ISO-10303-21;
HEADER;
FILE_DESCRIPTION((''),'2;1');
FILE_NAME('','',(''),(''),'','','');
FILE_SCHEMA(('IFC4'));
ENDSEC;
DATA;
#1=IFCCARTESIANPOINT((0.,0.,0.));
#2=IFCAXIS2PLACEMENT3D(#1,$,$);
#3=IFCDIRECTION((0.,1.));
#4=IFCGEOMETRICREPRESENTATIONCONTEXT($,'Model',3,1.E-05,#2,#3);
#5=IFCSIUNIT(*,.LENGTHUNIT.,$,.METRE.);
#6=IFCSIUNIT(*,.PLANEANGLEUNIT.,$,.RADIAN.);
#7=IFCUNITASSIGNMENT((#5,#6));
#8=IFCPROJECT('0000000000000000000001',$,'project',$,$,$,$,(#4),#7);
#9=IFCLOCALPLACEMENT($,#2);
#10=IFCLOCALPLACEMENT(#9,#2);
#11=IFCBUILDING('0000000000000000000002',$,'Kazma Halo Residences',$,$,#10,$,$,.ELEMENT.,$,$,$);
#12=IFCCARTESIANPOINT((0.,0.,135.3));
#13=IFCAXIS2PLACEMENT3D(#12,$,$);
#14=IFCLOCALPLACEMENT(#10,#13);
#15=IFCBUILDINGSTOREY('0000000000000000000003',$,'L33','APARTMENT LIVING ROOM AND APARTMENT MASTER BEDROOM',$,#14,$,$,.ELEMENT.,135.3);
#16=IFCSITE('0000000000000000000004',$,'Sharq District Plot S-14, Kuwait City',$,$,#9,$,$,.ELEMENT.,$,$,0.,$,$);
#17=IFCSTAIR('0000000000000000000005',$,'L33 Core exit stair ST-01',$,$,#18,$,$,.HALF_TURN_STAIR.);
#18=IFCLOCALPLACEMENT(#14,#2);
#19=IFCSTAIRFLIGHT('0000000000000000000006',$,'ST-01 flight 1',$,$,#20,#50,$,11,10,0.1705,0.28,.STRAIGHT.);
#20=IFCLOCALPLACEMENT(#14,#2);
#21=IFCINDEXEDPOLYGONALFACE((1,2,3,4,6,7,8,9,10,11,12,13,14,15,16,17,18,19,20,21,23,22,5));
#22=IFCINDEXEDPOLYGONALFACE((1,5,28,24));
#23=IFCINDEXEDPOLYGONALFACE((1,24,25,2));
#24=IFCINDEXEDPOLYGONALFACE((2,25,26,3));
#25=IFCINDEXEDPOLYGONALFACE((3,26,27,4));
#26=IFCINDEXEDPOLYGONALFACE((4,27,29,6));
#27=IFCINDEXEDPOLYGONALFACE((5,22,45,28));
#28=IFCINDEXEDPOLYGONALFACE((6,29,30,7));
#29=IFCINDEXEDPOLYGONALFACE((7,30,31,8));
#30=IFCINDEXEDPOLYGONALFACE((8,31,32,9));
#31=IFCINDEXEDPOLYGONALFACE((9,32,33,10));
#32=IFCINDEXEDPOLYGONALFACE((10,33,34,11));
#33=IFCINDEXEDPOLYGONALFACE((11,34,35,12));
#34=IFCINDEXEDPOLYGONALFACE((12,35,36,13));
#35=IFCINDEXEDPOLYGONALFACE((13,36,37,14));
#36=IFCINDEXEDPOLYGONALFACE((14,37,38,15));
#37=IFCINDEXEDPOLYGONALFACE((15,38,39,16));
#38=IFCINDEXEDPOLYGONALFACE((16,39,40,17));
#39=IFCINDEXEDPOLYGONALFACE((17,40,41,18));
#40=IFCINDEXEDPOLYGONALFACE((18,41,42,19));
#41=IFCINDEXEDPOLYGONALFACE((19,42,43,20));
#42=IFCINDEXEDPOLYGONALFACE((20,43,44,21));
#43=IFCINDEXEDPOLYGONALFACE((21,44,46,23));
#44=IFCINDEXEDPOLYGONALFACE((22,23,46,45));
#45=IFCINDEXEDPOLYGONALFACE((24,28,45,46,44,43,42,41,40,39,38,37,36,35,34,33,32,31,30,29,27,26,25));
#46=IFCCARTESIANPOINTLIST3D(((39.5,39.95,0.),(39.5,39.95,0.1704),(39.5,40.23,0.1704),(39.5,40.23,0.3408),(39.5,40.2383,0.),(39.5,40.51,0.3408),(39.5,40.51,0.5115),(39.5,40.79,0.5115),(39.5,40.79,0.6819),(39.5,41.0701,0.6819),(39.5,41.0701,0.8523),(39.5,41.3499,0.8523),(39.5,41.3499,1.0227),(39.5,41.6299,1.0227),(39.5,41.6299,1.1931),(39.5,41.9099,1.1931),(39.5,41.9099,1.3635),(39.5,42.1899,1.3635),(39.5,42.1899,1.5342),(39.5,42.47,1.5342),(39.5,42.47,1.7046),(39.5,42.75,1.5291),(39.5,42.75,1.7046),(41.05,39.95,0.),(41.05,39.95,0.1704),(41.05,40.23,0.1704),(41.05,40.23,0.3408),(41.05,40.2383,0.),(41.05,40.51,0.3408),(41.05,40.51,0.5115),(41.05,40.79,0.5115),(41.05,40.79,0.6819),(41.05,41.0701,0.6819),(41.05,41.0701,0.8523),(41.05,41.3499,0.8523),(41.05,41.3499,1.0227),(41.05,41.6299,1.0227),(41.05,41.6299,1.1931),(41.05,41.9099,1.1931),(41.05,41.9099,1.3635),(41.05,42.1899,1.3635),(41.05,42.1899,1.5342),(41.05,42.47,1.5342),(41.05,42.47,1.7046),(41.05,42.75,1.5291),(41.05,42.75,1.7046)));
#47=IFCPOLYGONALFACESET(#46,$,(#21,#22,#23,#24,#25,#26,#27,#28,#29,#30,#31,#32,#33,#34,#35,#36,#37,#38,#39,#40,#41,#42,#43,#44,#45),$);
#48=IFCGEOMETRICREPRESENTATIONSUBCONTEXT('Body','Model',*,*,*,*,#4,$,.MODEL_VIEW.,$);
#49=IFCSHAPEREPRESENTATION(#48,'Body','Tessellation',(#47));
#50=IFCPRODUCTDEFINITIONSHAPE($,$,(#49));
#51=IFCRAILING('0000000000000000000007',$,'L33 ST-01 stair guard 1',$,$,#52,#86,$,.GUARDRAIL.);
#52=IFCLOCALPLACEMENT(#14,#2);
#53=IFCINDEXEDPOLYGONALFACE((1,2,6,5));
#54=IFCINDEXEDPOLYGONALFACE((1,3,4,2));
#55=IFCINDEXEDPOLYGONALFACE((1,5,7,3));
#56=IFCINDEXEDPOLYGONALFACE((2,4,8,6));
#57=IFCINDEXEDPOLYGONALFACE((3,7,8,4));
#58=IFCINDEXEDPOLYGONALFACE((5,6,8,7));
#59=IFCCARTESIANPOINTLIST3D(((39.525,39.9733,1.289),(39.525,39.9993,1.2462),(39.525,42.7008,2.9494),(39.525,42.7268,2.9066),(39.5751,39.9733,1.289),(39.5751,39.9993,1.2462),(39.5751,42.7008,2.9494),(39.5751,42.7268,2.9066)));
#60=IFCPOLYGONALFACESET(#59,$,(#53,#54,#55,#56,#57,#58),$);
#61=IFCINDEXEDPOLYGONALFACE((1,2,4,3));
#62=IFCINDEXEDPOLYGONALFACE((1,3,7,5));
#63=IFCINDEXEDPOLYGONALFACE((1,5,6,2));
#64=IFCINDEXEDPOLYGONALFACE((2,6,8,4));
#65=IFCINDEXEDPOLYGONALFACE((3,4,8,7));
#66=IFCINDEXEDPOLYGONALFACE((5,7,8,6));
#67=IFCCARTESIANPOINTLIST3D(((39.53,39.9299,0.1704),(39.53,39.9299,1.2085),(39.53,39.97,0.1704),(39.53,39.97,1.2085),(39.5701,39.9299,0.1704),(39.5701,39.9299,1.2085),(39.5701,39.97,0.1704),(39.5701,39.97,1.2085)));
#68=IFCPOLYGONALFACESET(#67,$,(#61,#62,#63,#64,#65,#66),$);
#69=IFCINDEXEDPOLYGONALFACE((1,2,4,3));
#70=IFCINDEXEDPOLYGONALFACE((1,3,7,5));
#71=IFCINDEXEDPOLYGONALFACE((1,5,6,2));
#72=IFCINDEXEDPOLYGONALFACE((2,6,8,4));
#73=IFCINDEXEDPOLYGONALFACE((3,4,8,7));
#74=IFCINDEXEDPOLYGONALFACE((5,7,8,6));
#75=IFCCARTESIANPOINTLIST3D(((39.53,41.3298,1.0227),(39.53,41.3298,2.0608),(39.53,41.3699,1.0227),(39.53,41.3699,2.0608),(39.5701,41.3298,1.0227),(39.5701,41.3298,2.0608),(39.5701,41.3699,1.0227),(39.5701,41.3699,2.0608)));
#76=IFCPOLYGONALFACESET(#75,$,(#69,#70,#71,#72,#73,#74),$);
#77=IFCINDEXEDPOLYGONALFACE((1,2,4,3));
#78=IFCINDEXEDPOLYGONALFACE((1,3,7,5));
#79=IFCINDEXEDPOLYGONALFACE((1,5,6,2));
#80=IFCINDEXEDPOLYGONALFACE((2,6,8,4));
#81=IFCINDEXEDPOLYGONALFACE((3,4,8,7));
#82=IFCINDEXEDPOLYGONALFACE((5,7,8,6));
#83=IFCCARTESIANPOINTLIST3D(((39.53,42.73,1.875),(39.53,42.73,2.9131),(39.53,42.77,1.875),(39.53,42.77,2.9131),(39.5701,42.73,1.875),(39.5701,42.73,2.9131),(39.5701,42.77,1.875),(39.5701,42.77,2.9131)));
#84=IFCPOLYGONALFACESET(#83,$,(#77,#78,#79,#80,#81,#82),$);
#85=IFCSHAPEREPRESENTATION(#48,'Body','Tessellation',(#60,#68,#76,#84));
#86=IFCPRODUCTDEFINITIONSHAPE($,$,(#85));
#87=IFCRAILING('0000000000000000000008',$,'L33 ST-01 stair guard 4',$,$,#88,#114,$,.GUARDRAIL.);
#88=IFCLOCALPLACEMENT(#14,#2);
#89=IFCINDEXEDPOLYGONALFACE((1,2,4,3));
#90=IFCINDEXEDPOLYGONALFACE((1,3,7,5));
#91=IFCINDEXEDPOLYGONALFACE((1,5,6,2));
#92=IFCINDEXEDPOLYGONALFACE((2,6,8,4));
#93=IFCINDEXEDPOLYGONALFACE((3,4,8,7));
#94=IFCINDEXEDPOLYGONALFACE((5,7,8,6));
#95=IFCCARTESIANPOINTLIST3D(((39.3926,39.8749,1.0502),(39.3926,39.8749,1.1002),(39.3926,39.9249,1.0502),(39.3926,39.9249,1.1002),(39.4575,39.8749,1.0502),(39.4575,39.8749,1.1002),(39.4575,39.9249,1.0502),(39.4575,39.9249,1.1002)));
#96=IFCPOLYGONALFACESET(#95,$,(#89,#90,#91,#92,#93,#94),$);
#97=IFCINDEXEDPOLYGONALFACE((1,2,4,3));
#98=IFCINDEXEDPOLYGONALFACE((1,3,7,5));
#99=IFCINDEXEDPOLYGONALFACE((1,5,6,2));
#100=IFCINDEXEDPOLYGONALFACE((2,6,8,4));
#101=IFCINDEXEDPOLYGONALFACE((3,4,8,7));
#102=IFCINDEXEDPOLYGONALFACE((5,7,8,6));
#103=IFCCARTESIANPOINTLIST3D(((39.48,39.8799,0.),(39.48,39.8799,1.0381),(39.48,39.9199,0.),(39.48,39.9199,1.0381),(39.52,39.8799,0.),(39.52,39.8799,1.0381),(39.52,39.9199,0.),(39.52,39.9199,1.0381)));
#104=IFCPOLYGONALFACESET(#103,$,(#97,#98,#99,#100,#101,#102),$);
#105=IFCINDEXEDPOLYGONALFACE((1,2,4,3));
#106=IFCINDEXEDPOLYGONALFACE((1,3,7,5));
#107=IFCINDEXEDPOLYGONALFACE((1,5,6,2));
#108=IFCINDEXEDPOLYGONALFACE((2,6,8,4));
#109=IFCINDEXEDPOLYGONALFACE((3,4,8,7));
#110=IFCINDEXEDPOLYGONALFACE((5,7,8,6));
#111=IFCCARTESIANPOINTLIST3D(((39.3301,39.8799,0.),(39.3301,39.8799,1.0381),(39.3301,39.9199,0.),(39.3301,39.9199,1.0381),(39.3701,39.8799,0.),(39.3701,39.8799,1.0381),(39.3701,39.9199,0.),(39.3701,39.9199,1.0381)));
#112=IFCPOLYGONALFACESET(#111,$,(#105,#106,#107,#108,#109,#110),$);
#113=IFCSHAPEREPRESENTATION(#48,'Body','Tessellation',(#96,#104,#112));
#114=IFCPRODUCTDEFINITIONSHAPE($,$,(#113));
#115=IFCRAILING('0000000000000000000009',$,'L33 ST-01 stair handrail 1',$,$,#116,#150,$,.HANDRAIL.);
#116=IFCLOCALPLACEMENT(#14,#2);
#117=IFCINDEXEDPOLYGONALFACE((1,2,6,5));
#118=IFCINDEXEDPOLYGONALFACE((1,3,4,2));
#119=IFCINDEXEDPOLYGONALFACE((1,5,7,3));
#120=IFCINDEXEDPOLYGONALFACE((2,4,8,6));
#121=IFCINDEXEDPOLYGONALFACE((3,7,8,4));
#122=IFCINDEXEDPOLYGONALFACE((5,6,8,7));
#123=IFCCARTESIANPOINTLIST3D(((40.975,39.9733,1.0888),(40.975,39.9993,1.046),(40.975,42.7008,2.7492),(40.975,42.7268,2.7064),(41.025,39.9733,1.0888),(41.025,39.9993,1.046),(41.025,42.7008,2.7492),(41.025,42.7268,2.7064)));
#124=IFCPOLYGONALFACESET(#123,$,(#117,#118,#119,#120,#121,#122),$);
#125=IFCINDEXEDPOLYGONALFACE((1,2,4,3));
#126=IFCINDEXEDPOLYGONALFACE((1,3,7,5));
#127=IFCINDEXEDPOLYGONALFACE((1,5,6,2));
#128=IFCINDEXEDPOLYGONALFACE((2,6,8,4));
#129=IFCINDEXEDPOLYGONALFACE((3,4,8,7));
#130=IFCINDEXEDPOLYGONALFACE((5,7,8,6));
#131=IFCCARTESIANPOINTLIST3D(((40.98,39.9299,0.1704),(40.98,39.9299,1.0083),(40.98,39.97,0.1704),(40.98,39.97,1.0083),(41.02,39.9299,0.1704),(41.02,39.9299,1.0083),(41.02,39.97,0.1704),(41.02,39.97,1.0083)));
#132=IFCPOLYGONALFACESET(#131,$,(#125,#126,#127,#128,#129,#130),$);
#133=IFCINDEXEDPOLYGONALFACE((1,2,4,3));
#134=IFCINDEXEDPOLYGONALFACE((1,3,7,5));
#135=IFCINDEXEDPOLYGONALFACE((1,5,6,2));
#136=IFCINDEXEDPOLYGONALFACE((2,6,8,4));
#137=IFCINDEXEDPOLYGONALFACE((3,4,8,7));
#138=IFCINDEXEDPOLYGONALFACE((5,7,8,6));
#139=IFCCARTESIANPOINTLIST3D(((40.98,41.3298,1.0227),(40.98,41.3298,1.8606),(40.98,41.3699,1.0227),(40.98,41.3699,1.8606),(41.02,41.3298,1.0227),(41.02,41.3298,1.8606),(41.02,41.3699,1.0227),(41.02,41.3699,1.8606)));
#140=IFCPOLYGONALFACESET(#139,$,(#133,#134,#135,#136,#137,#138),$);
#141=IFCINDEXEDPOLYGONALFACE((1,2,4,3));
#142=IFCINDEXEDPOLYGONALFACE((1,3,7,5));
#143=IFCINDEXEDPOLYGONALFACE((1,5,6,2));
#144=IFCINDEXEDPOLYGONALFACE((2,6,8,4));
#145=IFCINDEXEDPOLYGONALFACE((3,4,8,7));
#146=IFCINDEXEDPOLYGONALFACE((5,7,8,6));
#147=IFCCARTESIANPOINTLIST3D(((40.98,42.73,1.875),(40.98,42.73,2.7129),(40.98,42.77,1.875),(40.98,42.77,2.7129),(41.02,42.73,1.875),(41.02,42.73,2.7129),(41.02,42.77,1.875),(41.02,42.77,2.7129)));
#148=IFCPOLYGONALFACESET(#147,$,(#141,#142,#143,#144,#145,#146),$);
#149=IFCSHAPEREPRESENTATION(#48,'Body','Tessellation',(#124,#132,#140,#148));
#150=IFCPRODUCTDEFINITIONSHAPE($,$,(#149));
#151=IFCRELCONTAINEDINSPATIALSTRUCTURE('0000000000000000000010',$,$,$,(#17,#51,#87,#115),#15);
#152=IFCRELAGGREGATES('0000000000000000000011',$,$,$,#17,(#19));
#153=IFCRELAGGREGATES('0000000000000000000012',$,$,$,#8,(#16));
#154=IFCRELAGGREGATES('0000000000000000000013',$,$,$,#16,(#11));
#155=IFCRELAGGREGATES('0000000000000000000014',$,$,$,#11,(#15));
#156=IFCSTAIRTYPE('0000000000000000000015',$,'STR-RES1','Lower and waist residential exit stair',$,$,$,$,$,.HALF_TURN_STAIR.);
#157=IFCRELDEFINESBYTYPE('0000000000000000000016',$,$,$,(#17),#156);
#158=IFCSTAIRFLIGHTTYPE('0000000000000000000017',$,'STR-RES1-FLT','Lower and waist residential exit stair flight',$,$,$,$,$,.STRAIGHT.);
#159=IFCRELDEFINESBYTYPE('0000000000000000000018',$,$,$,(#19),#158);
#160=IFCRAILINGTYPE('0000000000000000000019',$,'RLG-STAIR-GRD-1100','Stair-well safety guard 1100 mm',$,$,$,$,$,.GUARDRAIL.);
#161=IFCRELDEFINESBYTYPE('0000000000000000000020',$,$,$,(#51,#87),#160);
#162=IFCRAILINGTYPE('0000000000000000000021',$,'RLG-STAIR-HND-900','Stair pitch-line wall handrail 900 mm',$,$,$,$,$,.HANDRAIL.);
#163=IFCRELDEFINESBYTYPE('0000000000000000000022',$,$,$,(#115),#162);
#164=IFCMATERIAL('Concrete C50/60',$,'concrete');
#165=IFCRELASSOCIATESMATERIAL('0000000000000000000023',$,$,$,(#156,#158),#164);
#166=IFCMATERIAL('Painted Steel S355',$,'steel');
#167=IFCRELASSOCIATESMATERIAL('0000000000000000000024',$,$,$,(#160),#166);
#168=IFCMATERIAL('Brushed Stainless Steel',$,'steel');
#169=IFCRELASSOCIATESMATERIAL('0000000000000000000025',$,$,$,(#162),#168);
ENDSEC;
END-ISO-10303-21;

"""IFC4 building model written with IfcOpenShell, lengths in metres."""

from ifc_helpers import new_model, si_unit, direction, frame, origin, origin_2d, place, context, subcontext, project, spatial, polyline, rectangle, outline, extrude, material, type_object, element, aggregate, save


model = new_model("IFC4")

# Units and contexts
model_context = context("Model", 3, precision=1e-05, world=origin(), true_north=direction((0.0, 1.0)))
body_context = subcontext(model_context, "Body", "Model", "MODEL_VIEW")
ifc_project = project(units=[si_unit("LENGTHUNIT", "METRE"), si_unit("PLANEANGLEUNIT", "RADIAN")], contexts=[model_context])

# Site, building, storey
site_placement = place(None, origin())
site = spatial("IfcSite", under=ifc_project, at=site_placement, Name="Sharq District Plot S-14, Kuwait City", CompositionType="ELEMENT", RefElevation=0.0)
building_placement = place(site_placement, origin())
building = spatial("IfcBuilding", under=site, at=building_placement, Name="Kazma Halo Residences", CompositionType="ELEMENT")
storey_placement = place(building_placement, frame((0.0, 0.0, 135.3)))
storey = spatial("IfcBuildingStorey", under=building, at=storey_placement, Name="L33", Description="APARTMENT LIVING ROOM AND APARTMENT MASTER BEDROOM", CompositionType="ELEMENT", Elevation=135.3)

# Shared definitions
ifc_material_1 = material(Name="Concrete C50/60", Category="concrete")

# Stair, stair flight
stair_type = type_object("IfcStairType", Name="STR-RES1", Description="Lower and waist residential exit stair", PredefinedType="HALF_TURN_STAIR", material=ifc_material_1)
stair_placement = place(storey_placement, origin())
stair = element("IfcStair", 1, at=stair_placement, inside=storey, type_object=stair_type, Name="L33 Core exit stair ST-01", PredefinedType="HALF_TURN_STAIR")
stair_flight_type = type_object("IfcStairFlightType", Name="STR-RES1-FLT", Description="Lower and waist residential exit stair flight", PredefinedType="STRAIGHT", material=ifc_material_1)
stair_flight_placement = place(storey_placement, frame((40.2749, 39.95, 0.0), z_axis=(0.0, 0.0, 1.0), x_axis=(0.0, 1.0, 0.0)))
stair_flight = element("IfcStairFlight", 2, at=stair_flight_placement, type_object=stair_flight_type, Name="ST-01 flight 1", NumberOfRisers=11, NumberOfTreads=10, PredefinedType="STRAIGHT", RiserHeight=0.1705, TreadLength=0.28, context=body_context, shape_type="SweptSolid", body=[
    extrude(outline(polyline([(0.0, 0.0), (0.0, 0.1704), (0.28, 0.1704), (0.28, 0.3408), (0.5601, 0.3408), (0.5601, 0.5115), (0.8401, 0.5115), (0.8401, 0.6819), (1.1201, 0.6819), (1.1201, 0.8523), (1.3999, 0.8523), (1.3999, 1.0227), (1.6799, 1.0227), (1.6799, 1.1931), (1.96, 1.1931), (1.96, 1.3635), (2.24, 1.3635), (2.24, 1.5342), (2.52, 1.5342), (2.52, 1.7046), (2.8, 1.7046), (2.8, 1.875), (2.8, 1.5291), (0.2883, 0.0), (0.0, 0.0)])), frame((0.0, 0.7749, 0.0), z_axis=(0.0, -1.0, 0.0), x_axis=(1.0, 0.0, 0.0)), (0.0, 0.0, 1.0), 1.55),
])
aggregate(stair, [stair_flight])

# Railings
ifc_material_2 = material(Name="Painted Steel S355", Category="steel")
railing_type_1 = type_object("IfcRailingType", Name="RLG-STAIR-GRD-1100", Description="Stair-well safety guard 1100 mm", PredefinedType="GUARDRAIL", material=ifc_material_2)
railing_1_placement = place(storey_placement, frame((39.55, 39.95, 0.1704)))
element("IfcRailing", 3, at=railing_1_placement, inside=storey, type_object=railing_type_1, Name="L33 ST-01 stair guard 1", PredefinedType="GUARDRAIL", context=body_context, shape_type="SweptSolid", body=[
    extrude(rectangle(XDim=0.05, YDim=0.05, at=origin_2d()), frame((0.0, 0.0364, 1.0972), z_axis=(0.0, 0.85417, 0.519994), x_axis=(-1.0, 0.0, 0.0)), (0.0, 0.0, 1.0), 3.1931),
    extrude(rectangle(XDim=0.04, YDim=0.04, at=origin_2d()), origin(), (0.0, 0.0, 1.0), 1.0381),
    extrude(rectangle(XDim=0.04, YDim=0.04, at=origin_2d()), frame((0.0, 1.3999, 0.8523)), (0.0, 0.0, 1.0), 1.0381),
    extrude(rectangle(XDim=0.04, YDim=0.04, at=origin_2d()), frame((0.0, 2.8, 1.7046)), (0.0, 0.0, 1.0), 1.0381),
])
railing_2_placement = place(storey_placement, frame((39.5, 39.8999, 0.0)))
element("IfcRailing", 4, at=railing_2_placement, inside=storey, type_object=railing_type_1, Name="L33 ST-01 stair guard 4", PredefinedType="GUARDRAIL", context=body_context, shape_type="SweptSolid", body=[
    extrude(rectangle(XDim=0.05, YDim=0.05, at=origin_2d()), frame((-0.0425, 0.0, 1.0752), z_axis=(-1.0, 0.0, 0.0), x_axis=(0.0, -1.0, 0.0)), (0.0, 0.0, 1.0), 0.0649),
    extrude(rectangle(XDim=0.04, YDim=0.04, at=origin_2d()), origin(), (0.0, 0.0, 1.0), 1.0381),
    extrude(rectangle(XDim=0.04, YDim=0.04, at=origin_2d()), frame((-0.1499, 0.0, 0.0)), (0.0, 0.0, 1.0), 1.0381),
])
ifc_material_3 = material(Name="Brushed Stainless Steel", Category="steel")
railing_type_2 = type_object("IfcRailingType", Name="RLG-STAIR-HND-900", Description="Stair pitch-line wall handrail 900 mm", PredefinedType="HANDRAIL", material=ifc_material_3)
railing_3_placement = place(storey_placement, frame((41.0, 39.95, 0.1704)))
element("IfcRailing", 5, at=railing_3_placement, inside=storey, type_object=railing_type_2, Name="L33 ST-01 stair handrail 1", PredefinedType="HANDRAIL", context=body_context, shape_type="SweptSolid", body=[
    extrude(rectangle(XDim=0.05, YDim=0.05, at=origin_2d()), frame((0.0, 0.0364, 0.897), z_axis=(0.0, 0.85417, 0.519994), x_axis=(-1.0, 0.0, 0.0)), (0.0, 0.0, 1.0), 3.1931),
    extrude(rectangle(XDim=0.04, YDim=0.04, at=origin_2d()), origin(), (0.0, 0.0, 1.0), 0.8379),
    extrude(rectangle(XDim=0.04, YDim=0.04, at=origin_2d()), frame((0.0, 1.3999, 0.8523)), (0.0, 0.0, 1.0), 0.8379),
    extrude(rectangle(XDim=0.04, YDim=0.04, at=origin_2d()), frame((0.0, 2.8, 1.7046)), (0.0, 0.0, 1.0), 0.8379),
])

save(model, "model.ifc")
